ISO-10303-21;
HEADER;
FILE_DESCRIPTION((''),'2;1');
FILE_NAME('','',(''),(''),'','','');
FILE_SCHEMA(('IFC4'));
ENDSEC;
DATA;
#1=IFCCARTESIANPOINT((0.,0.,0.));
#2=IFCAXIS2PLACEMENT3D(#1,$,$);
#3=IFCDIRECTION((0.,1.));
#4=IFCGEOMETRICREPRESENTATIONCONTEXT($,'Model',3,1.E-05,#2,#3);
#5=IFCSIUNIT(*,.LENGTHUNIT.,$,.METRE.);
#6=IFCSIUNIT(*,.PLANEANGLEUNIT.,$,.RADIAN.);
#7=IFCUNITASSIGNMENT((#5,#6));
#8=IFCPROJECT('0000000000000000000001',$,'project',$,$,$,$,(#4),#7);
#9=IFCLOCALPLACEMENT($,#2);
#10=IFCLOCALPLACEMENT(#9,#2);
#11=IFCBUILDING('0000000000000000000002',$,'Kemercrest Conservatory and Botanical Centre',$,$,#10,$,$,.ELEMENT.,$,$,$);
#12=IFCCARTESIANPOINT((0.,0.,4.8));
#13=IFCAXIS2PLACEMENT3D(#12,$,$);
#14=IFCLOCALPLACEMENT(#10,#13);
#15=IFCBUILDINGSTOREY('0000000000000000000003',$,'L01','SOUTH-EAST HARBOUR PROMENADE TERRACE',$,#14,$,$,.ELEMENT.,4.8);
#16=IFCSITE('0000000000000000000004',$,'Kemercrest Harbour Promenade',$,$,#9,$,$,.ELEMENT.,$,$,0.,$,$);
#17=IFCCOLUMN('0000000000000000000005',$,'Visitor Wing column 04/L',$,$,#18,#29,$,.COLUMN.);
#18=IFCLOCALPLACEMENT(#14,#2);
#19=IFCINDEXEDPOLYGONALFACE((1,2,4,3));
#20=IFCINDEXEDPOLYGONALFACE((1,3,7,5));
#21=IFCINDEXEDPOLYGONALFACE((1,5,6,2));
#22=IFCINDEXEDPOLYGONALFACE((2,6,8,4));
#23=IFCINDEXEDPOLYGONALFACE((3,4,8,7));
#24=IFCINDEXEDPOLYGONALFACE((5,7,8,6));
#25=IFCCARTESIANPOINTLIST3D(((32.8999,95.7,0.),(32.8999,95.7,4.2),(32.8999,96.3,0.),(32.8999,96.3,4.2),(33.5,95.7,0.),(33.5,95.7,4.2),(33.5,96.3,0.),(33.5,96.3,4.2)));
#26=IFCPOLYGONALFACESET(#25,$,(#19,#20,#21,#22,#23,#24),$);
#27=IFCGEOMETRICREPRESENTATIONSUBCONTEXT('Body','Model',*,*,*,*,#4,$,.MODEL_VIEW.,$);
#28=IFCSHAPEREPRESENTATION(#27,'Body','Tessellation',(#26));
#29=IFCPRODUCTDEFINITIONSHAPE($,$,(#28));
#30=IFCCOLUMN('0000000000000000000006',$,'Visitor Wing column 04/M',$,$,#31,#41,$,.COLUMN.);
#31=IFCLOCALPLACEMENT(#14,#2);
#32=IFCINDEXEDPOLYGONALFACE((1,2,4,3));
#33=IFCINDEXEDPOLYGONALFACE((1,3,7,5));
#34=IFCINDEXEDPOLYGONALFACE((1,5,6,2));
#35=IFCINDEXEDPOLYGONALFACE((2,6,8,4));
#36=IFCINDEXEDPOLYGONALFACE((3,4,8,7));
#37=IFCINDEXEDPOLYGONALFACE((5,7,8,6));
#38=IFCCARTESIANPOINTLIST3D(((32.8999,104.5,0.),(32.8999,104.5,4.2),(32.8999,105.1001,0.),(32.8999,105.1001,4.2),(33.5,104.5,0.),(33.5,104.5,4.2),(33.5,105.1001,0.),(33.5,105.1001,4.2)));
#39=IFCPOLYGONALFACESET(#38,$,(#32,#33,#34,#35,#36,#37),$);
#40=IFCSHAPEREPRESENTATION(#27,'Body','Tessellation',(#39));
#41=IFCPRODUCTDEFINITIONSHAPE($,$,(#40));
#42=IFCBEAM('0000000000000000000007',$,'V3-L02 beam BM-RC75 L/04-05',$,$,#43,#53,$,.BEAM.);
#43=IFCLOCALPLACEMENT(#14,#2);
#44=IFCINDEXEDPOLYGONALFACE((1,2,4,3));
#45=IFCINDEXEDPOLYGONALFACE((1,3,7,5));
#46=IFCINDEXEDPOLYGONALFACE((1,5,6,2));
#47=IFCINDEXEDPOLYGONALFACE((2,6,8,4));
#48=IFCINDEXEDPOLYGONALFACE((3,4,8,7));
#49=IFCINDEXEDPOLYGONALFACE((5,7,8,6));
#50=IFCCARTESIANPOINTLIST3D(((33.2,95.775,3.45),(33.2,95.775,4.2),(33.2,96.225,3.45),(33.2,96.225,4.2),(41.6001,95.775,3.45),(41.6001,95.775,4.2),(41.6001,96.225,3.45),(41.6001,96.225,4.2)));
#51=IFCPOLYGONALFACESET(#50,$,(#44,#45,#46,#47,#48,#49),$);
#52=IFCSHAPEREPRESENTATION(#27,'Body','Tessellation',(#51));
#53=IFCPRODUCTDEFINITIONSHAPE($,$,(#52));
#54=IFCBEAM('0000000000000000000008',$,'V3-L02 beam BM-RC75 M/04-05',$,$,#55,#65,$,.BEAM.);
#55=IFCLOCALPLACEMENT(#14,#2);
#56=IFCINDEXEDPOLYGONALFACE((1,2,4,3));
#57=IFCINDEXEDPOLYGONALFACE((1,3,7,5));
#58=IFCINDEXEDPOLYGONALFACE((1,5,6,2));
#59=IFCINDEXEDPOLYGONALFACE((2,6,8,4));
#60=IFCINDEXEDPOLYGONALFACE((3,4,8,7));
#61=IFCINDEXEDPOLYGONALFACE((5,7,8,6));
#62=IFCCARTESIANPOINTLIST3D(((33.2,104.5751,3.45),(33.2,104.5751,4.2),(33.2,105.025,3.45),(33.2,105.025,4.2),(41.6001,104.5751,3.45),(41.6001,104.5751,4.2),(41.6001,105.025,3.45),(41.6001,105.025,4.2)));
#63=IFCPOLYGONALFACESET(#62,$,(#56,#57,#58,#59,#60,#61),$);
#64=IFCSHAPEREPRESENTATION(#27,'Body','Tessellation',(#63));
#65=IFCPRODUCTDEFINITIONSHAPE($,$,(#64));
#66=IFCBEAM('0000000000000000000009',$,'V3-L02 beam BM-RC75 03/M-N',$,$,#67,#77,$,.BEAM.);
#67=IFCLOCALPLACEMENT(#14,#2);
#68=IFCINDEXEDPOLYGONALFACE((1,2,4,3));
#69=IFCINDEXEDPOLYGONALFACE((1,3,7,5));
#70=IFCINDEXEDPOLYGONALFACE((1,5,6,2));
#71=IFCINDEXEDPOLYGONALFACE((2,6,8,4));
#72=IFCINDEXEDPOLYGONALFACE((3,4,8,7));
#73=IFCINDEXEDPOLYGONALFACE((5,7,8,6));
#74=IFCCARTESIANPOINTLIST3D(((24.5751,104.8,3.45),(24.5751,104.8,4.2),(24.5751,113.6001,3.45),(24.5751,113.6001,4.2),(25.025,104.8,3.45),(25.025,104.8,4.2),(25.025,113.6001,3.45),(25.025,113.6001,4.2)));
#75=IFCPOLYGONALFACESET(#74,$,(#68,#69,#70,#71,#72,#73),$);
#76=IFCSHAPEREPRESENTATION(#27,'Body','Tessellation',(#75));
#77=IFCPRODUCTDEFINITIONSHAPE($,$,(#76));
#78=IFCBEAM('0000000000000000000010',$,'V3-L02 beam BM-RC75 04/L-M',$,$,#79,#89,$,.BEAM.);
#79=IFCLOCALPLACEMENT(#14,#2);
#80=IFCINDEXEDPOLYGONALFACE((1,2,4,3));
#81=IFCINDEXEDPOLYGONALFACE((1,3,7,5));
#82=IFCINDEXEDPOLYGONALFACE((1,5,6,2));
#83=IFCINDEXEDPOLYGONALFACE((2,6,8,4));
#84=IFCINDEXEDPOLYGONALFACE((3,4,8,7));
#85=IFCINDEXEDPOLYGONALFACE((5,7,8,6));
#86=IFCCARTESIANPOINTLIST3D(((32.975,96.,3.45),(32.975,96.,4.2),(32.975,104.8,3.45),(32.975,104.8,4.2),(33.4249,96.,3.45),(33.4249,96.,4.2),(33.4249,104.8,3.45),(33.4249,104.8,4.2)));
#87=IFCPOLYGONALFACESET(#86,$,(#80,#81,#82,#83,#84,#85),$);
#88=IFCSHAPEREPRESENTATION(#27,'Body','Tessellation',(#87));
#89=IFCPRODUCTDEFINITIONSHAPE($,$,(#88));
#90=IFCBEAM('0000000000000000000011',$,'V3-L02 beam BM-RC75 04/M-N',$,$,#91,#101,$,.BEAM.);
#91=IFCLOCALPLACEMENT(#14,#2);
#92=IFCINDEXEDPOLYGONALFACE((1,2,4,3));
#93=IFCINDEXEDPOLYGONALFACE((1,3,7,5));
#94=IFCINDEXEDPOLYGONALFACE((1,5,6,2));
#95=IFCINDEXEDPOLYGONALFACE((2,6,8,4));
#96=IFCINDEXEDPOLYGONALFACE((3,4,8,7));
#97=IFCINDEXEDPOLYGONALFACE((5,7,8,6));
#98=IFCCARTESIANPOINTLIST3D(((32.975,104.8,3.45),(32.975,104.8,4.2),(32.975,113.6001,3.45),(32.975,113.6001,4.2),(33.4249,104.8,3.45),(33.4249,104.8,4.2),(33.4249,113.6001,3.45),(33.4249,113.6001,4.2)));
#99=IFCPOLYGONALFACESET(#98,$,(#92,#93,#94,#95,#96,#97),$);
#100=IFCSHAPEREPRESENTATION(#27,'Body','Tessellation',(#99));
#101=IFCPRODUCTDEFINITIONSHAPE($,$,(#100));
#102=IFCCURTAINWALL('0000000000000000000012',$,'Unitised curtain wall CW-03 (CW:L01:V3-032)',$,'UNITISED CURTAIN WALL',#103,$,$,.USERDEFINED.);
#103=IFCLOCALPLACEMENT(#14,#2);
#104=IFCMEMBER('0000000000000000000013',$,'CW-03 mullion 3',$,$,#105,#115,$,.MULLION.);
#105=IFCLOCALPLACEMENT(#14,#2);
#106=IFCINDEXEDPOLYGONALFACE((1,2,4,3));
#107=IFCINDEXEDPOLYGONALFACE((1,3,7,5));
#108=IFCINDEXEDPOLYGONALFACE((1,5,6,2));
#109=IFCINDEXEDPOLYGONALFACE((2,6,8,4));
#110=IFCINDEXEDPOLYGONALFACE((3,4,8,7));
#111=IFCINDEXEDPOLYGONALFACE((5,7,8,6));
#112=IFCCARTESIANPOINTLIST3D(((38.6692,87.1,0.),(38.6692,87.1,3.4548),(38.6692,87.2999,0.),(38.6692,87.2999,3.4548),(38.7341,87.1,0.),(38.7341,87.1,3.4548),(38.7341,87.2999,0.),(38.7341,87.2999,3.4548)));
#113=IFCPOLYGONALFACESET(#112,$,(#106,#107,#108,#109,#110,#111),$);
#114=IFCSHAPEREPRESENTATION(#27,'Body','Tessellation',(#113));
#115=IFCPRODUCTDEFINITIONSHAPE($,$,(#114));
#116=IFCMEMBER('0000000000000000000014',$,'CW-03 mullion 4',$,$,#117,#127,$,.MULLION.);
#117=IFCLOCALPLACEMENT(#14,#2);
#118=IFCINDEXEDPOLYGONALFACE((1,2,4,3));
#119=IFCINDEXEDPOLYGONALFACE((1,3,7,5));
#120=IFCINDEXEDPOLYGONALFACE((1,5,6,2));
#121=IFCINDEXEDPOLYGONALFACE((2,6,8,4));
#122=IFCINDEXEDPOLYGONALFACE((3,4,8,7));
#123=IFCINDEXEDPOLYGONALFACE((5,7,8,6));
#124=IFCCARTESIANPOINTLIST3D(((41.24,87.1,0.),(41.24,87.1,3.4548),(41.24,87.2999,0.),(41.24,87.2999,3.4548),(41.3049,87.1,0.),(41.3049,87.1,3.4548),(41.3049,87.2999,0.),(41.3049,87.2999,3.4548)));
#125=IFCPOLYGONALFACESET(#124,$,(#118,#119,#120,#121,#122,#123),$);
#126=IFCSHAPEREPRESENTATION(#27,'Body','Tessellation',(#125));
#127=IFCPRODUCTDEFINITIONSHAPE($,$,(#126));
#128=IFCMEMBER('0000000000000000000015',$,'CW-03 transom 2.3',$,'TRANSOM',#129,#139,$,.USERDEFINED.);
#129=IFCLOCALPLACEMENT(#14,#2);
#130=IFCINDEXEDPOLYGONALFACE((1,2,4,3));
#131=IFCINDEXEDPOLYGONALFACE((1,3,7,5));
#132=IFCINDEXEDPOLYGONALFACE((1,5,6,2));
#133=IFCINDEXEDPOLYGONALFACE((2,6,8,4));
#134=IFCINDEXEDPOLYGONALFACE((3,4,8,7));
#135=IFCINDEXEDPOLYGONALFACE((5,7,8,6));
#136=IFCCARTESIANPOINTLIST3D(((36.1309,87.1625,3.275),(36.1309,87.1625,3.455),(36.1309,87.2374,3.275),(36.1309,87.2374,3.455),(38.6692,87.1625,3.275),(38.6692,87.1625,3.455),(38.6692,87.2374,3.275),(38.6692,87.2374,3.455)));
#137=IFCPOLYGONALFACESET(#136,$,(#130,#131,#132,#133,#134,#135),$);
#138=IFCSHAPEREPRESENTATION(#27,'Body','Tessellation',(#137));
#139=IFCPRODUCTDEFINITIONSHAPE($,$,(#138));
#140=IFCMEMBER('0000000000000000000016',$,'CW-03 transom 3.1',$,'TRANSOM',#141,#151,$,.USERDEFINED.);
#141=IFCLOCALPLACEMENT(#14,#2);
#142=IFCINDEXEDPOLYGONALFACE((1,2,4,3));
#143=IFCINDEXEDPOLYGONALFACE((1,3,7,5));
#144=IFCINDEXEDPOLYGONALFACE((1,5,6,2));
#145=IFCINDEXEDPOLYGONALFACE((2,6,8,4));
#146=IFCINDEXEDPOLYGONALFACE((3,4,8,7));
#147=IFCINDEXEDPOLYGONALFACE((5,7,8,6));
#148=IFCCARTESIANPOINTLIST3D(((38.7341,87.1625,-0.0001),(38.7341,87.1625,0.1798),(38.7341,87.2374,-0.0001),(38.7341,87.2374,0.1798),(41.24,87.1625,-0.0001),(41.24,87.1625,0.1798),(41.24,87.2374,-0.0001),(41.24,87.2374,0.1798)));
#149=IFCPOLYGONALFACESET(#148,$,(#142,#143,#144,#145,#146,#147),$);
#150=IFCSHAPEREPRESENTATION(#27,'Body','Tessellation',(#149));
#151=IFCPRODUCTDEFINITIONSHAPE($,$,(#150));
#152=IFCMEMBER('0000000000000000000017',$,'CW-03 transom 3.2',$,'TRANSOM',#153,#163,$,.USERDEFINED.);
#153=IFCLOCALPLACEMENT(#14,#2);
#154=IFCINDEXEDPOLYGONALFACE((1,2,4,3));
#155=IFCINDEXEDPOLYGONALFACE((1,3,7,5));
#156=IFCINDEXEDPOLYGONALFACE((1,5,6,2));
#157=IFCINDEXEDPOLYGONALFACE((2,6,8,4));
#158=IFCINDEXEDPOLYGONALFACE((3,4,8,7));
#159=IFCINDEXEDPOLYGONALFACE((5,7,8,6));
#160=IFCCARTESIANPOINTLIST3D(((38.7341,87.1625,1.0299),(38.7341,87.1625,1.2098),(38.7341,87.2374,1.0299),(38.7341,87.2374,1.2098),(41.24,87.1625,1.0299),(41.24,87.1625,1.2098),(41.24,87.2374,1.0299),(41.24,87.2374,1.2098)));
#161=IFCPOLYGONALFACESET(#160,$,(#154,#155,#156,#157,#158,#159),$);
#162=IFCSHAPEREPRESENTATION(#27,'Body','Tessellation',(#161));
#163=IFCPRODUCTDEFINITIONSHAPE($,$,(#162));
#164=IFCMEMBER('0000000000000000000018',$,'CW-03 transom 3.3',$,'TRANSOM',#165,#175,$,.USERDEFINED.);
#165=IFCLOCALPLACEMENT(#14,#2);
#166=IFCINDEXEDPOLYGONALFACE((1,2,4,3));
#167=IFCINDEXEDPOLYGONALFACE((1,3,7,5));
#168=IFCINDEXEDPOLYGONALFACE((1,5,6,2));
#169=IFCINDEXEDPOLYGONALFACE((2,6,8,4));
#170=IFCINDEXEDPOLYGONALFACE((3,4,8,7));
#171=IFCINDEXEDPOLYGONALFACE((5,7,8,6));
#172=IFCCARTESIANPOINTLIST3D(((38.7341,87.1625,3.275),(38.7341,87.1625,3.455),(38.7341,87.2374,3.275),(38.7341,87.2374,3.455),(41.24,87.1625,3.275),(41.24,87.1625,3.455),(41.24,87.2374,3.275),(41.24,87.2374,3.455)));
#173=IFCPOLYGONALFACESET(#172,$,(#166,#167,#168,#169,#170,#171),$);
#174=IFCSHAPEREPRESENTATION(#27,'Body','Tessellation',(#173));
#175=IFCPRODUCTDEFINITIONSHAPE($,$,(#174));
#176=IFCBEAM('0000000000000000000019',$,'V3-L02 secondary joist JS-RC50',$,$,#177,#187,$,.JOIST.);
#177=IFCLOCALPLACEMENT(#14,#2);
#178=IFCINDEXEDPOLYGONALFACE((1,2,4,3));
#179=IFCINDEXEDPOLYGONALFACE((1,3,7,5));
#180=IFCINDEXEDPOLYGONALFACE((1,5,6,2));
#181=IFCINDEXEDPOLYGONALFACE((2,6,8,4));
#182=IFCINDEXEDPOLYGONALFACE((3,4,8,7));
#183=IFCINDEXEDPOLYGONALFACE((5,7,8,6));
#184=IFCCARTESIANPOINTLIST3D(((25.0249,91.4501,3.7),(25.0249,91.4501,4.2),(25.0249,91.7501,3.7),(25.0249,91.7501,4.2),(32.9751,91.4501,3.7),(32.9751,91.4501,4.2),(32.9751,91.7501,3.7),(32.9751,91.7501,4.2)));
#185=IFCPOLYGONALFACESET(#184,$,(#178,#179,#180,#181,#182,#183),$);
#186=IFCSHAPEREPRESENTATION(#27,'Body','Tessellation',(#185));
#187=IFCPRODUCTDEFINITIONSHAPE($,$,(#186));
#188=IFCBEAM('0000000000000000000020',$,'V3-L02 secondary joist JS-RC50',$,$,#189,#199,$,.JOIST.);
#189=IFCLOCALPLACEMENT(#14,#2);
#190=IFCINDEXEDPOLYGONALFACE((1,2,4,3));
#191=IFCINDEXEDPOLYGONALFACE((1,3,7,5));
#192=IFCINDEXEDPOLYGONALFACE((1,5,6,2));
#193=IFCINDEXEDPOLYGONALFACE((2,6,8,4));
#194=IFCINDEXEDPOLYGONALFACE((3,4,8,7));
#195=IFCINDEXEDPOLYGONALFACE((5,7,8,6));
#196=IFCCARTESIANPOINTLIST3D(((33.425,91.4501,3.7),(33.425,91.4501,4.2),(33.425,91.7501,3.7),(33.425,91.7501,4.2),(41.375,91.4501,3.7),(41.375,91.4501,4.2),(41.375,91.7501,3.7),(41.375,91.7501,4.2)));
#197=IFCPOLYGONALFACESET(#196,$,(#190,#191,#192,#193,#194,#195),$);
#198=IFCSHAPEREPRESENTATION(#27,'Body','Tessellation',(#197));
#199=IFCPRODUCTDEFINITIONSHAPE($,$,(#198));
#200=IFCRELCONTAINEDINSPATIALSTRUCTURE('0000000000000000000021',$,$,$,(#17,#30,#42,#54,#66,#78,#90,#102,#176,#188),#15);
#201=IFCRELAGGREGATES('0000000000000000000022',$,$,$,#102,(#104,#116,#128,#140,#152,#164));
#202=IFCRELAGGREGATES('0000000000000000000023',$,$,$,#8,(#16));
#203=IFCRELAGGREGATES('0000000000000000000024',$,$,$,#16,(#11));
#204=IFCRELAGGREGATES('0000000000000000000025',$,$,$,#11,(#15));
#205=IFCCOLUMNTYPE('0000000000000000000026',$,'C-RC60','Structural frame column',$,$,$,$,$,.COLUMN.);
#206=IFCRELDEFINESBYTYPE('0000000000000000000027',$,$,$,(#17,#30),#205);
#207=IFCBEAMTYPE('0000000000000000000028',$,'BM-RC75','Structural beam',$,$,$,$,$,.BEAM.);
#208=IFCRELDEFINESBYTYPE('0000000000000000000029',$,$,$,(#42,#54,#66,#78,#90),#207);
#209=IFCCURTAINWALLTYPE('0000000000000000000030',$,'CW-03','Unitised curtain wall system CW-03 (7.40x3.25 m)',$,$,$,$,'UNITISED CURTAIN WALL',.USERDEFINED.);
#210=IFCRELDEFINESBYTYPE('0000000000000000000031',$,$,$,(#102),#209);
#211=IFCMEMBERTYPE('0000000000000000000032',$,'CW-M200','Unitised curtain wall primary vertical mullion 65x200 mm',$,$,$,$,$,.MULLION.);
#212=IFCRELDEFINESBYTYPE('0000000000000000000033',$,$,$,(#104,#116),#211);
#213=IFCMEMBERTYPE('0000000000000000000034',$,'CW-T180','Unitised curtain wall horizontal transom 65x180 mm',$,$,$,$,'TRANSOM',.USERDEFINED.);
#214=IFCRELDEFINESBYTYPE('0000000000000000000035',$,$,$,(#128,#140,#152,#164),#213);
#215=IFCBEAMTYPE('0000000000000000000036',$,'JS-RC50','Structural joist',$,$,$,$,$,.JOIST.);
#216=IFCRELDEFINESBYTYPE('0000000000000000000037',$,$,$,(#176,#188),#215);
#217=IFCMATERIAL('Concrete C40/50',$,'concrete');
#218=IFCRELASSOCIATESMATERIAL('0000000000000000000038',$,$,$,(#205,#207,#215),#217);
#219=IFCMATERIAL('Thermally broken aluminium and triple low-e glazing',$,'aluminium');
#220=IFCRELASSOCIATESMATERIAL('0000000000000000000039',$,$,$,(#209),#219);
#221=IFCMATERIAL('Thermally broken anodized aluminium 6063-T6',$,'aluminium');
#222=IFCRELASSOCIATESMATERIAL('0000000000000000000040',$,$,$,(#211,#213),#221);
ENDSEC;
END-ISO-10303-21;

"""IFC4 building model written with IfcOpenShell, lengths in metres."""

from ifc_helpers import new_model, si_unit, direction, frame, origin, origin_2d, place, context, subcontext, project, spatial, rectangle, extrude, material, material_profile, profile_set, type_object, element, aggregate, save


model = new_model("IFC4")

# Units and contexts
model_context = context("Model", 3, precision=1e-05, world=origin(), true_north=direction((0.0, 1.0)))
body_context = subcontext(model_context, "Body", "Model", "MODEL_VIEW")
ifc_project = project(units=[si_unit("LENGTHUNIT", "METRE"), si_unit("PLANEANGLEUNIT", "RADIAN")], contexts=[model_context])

# Site, building, storey
site_placement = place(None, origin())
site = spatial("IfcSite", under=ifc_project, at=site_placement, Name="Kemercrest Harbour Promenade", CompositionType="ELEMENT", RefElevation=0.0)
building_placement = place(site_placement, origin())
building = spatial("IfcBuilding", under=site, at=building_placement, Name="Kemercrest Conservatory and Botanical Centre", CompositionType="ELEMENT")
storey_placement = place(building_placement, frame((0.0, 0.0, 4.8)))
storey = spatial("IfcBuildingStorey", under=building, at=storey_placement, Name="L01", Description="SOUTH-EAST HARBOUR PROMENADE TERRACE", CompositionType="ELEMENT", Elevation=4.8)

# Columns
ifc_material_1 = material(Name="Concrete C40/50", Category="concrete")
ifc_material_profile_1 = material_profile(ifc_material_1, rectangle(XDim=0.6001, YDim=0.6001, at=origin_2d()), Name="RC 600x600")
ifc_profile_set_1 = profile_set([ifc_material_profile_1], Name="Concrete C40/50")
column_type = type_object("IfcColumnType", Name="C-RC60", Description="Structural frame column", PredefinedType="COLUMN", material=ifc_profile_set_1)
for number, where, z_axis, x_axis, name in (
    (1, (33.2, 96.0, 0.0), (0.0, 0.0, 1.0), (1.0, 0.0, 0.0), "Visitor Wing column 04/L"),
    (2, (33.2, 104.8, 0.0), (0.0, 0.0, 1.0), (1.0, 0.0, 0.0), "Visitor Wing column 04/M"),
):
    element("IfcColumn", number, at=place(storey_placement, frame(where, z_axis=z_axis, x_axis=x_axis)), inside=storey, type_object=column_type, Name=name, PredefinedType="COLUMN", context=body_context, shape_type="SweptSolid", body=[
        extrude(rectangle(XDim=0.6001, YDim=0.6001, at=origin_2d()), origin(), (0.0, 0.0, 1.0), 4.2),
    ])

# Beams
ifc_material_profile_2 = material_profile(ifc_material_1, rectangle(XDim=0.45, YDim=0.75, at=origin_2d()), Name="RC 450x750")
ifc_profile_set_2 = profile_set([ifc_material_profile_2], Name="Concrete C40/50")
beam_type_1 = type_object("IfcBeamType", Name="BM-RC75", Description="Structural beam", PredefinedType="BEAM", material=ifc_profile_set_2)
for number, where, z_axis, x_axis, name in (
    (3, (33.2, 96.0, 3.825), (1.0, 0.0, 0.0), (0.0, 1.0, 0.0), "V3-L02 beam BM-RC75 L/04-05"),
    (4, (33.2, 104.8, 3.825), (1.0, 0.0, 0.0), (0.0, 1.0, 0.0), "V3-L02 beam BM-RC75 M/04-05"),
):
    element("IfcBeam", number, at=place(storey_placement, frame(where, z_axis=z_axis, x_axis=x_axis)), inside=storey, type_object=beam_type_1, Name=name, PredefinedType="BEAM", context=body_context, shape_type="SweptSolid", body=[
        extrude(rectangle(XDim=0.45, YDim=0.75, at=origin_2d()), origin(), (0.0, 0.0, 1.0), 8.4001),
    ])
for number, where, z_axis, x_axis, name in (
    (5, (24.8, 104.8, 3.825), (0.0, 1.0, 0.0), (-1.0, 0.0, 0.0), "V3-L02 beam BM-RC75 03/M-N"),
    (6, (33.2, 96.0, 3.825), (0.0, 1.0, 0.0), (-1.0, 0.0, 0.0), "V3-L02 beam BM-RC75 04/L-M"),
    (7, (33.2, 104.8, 3.825), (0.0, 1.0, 0.0), (-1.0, 0.0, 0.0), "V3-L02 beam BM-RC75 04/M-N"),
):
    element("IfcBeam", number, at=place(storey_placement, frame(where, z_axis=z_axis, x_axis=x_axis)), inside=storey, type_object=beam_type_1, Name=name, PredefinedType="BEAM", context=body_context, shape_type="SweptSolid", body=[
        extrude(rectangle(XDim=0.45, YDim=0.75, at=origin_2d()), origin(), (0.0, 0.0, 1.0), 8.8),
    ])

# Curtain wall, members
ifc_material_2 = material(Name="Thermally broken aluminium and triple low-e glazing", Category="aluminium")
curtain_wall_type = type_object("IfcCurtainWallType", Name="CW-03", Description="Unitised curtain wall system CW-03 (7.40x3.25 m)", ElementType="UNITISED CURTAIN WALL", PredefinedType="USERDEFINED", material=ifc_material_2)
curtain_wall_placement = place(storey_placement, origin())
curtain_wall = element("IfcCurtainWall", 8, at=curtain_wall_placement, inside=storey, type_object=curtain_wall_type, Name="Unitised curtain wall CW-03 (CW:L01:V3-032)", ObjectType="UNITISED CURTAIN WALL", PredefinedType="USERDEFINED")
ifc_material_3 = material(Name="Thermally broken anodized aluminium 6063-T6", Category="aluminium")
ifc_material_profile_3 = material_profile(ifc_material_3, rectangle(XDim=0.2, YDim=0.0649, at=origin_2d()), Name="AL MULLION 65x200")
ifc_profile_set_3 = profile_set([ifc_material_profile_3], Name="Thermally broken anodized aluminium 6063-T6")
member_type_1 = type_object("IfcMemberType", Name="CW-M200", Description="Unitised curtain wall primary vertical mullion 65x200 mm", PredefinedType="MULLION", material=ifc_profile_set_3)
member_1_placement = place(storey_placement, frame((38.7017, 87.2, 0.0), z_axis=(0.0, 0.0, 1.0), x_axis=(0.0, 1.0, 0.0)))
member_1 = element("IfcMember", 9, at=member_1_placement, type_object=member_type_1, Name="CW-03 mullion 3", PredefinedType="MULLION", context=body_context, shape_type="SweptSolid", body=[
    extrude(rectangle(XDim=0.2, YDim=0.0649, at=origin_2d()), origin(), (0.0, 0.0, 1.0), 3.4548),
])
member_2_placement = place(storey_placement, frame((41.2725, 87.2, 0.0), z_axis=(0.0, 0.0, 1.0), x_axis=(0.0, 1.0, 0.0)))
member_2 = element("IfcMember", 10, at=member_2_placement, type_object=member_type_1, Name="CW-03 mullion 4", PredefinedType="MULLION", context=body_context, shape_type="SweptSolid", body=[
    extrude(rectangle(XDim=0.2, YDim=0.0649, at=origin_2d()), origin(), (0.0, 0.0, 1.0), 3.4548),
])
ifc_material_profile_4 = material_profile(ifc_material_3, rectangle(XDim=0.075, YDim=0.1799, at=origin_2d()), Name="AL TRANSOM 75x180")
ifc_profile_set_4 = profile_set([ifc_material_profile_4], Name="Thermally broken anodized aluminium 6063-T6")
member_type_2 = type_object("IfcMemberType", Name="CW-T180", Description="Unitised curtain wall horizontal transom 65x180 mm", ElementType="TRANSOM", PredefinedType="USERDEFINED", material=ifc_profile_set_4)
member_3_placement = place(storey_placement, frame((36.1309, 87.2, 3.365), z_axis=(1.0, 0.0, 0.0), x_axis=(0.0, 1.0, 0.0)))
member_3 = element("IfcMember", 11, at=member_3_placement, type_object=member_type_2, Name="CW-03 transom 2.3", ObjectType="TRANSOM", PredefinedType="USERDEFINED", context=body_context, shape_type="SweptSolid", body=[
    extrude(rectangle(XDim=0.075, YDim=0.1799, at=origin_2d()), origin(), (0.0, 0.0, 1.0), 2.5383),
])
member_4_placement = place(storey_placement, frame((38.7341, 87.2, 0.0898), z_axis=(1.0, 0.0, 0.0), x_axis=(0.0, 1.0, 0.0)))
member_4 = element("IfcMember", 12, at=member_4_placement, type_object=member_type_2, Name="CW-03 transom 3.1", ObjectType="TRANSOM", PredefinedType="USERDEFINED", context=body_context, shape_type="SweptSolid", body=[
    extrude(rectangle(XDim=0.075, YDim=0.1799, at=origin_2d()), origin(), (0.0, 0.0, 1.0), 2.5059),
])
member_5_placement = place(storey_placement, frame((38.7341, 87.2, 1.1199), z_axis=(1.0, 0.0, 0.0), x_axis=(0.0, 1.0, 0.0)))
member_5 = element("IfcMember", 13, at=member_5_placement, type_object=member_type_2, Name="CW-03 transom 3.2", ObjectType="TRANSOM", PredefinedType="USERDEFINED", context=body_context, shape_type="SweptSolid", body=[
    extrude(rectangle(XDim=0.075, YDim=0.1799, at=origin_2d()), origin(), (0.0, 0.0, 1.0), 2.5059),
])
member_6_placement = place(storey_placement, frame((38.7341, 87.2, 3.365), z_axis=(1.0, 0.0, 0.0), x_axis=(0.0, 1.0, 0.0)))
member_6 = element("IfcMember", 14, at=member_6_placement, type_object=member_type_2, Name="CW-03 transom 3.3", ObjectType="TRANSOM", PredefinedType="USERDEFINED", context=body_context, shape_type="SweptSolid", body=[
    extrude(rectangle(XDim=0.075, YDim=0.1799, at=origin_2d()), origin(), (0.0, 0.0, 1.0), 2.5059),
])

# Beams
ifc_material_profile_5 = material_profile(ifc_material_1, rectangle(XDim=0.3, YDim=0.5, at=origin_2d()), Name="RC 300x500")
ifc_profile_set_5 = profile_set([ifc_material_profile_5], Name="Concrete C40/50")
beam_type_2 = type_object("IfcBeamType", Name="JS-RC50", Description="Structural joist", PredefinedType="JOIST", material=ifc_profile_set_5)
beam_1_placement = place(storey_placement, frame((25.0249, 91.6001, 3.95), z_axis=(1.0, 0.0, 0.0), x_axis=(0.0, 1.0, 0.0)))
element("IfcBeam", 15, at=beam_1_placement, inside=storey, type_object=beam_type_2, Name="V3-L02 secondary joist JS-RC50", PredefinedType="JOIST", context=body_context, shape_type="SweptSolid", body=[
    extrude(rectangle(XDim=0.3, YDim=0.5, at=origin_2d()), origin(), (0.0, 0.0, 1.0), 7.9502),
])
beam_2_placement = place(storey_placement, frame((33.425, 91.6001, 3.95), z_axis=(1.0, 0.0, 0.0), x_axis=(0.0, 1.0, 0.0)))
element("IfcBeam", 16, at=beam_2_placement, inside=storey, type_object=beam_type_2, Name="V3-L02 secondary joist JS-RC50", PredefinedType="JOIST", context=body_context, shape_type="SweptSolid", body=[
    extrude(rectangle(XDim=0.3, YDim=0.5, at=origin_2d()), origin(), (0.0, 0.0, 1.0), 7.95),
])

aggregate(curtain_wall, [member_1, member_2, member_3, member_4, member_5, member_6])

save(model, "model.ifc")
